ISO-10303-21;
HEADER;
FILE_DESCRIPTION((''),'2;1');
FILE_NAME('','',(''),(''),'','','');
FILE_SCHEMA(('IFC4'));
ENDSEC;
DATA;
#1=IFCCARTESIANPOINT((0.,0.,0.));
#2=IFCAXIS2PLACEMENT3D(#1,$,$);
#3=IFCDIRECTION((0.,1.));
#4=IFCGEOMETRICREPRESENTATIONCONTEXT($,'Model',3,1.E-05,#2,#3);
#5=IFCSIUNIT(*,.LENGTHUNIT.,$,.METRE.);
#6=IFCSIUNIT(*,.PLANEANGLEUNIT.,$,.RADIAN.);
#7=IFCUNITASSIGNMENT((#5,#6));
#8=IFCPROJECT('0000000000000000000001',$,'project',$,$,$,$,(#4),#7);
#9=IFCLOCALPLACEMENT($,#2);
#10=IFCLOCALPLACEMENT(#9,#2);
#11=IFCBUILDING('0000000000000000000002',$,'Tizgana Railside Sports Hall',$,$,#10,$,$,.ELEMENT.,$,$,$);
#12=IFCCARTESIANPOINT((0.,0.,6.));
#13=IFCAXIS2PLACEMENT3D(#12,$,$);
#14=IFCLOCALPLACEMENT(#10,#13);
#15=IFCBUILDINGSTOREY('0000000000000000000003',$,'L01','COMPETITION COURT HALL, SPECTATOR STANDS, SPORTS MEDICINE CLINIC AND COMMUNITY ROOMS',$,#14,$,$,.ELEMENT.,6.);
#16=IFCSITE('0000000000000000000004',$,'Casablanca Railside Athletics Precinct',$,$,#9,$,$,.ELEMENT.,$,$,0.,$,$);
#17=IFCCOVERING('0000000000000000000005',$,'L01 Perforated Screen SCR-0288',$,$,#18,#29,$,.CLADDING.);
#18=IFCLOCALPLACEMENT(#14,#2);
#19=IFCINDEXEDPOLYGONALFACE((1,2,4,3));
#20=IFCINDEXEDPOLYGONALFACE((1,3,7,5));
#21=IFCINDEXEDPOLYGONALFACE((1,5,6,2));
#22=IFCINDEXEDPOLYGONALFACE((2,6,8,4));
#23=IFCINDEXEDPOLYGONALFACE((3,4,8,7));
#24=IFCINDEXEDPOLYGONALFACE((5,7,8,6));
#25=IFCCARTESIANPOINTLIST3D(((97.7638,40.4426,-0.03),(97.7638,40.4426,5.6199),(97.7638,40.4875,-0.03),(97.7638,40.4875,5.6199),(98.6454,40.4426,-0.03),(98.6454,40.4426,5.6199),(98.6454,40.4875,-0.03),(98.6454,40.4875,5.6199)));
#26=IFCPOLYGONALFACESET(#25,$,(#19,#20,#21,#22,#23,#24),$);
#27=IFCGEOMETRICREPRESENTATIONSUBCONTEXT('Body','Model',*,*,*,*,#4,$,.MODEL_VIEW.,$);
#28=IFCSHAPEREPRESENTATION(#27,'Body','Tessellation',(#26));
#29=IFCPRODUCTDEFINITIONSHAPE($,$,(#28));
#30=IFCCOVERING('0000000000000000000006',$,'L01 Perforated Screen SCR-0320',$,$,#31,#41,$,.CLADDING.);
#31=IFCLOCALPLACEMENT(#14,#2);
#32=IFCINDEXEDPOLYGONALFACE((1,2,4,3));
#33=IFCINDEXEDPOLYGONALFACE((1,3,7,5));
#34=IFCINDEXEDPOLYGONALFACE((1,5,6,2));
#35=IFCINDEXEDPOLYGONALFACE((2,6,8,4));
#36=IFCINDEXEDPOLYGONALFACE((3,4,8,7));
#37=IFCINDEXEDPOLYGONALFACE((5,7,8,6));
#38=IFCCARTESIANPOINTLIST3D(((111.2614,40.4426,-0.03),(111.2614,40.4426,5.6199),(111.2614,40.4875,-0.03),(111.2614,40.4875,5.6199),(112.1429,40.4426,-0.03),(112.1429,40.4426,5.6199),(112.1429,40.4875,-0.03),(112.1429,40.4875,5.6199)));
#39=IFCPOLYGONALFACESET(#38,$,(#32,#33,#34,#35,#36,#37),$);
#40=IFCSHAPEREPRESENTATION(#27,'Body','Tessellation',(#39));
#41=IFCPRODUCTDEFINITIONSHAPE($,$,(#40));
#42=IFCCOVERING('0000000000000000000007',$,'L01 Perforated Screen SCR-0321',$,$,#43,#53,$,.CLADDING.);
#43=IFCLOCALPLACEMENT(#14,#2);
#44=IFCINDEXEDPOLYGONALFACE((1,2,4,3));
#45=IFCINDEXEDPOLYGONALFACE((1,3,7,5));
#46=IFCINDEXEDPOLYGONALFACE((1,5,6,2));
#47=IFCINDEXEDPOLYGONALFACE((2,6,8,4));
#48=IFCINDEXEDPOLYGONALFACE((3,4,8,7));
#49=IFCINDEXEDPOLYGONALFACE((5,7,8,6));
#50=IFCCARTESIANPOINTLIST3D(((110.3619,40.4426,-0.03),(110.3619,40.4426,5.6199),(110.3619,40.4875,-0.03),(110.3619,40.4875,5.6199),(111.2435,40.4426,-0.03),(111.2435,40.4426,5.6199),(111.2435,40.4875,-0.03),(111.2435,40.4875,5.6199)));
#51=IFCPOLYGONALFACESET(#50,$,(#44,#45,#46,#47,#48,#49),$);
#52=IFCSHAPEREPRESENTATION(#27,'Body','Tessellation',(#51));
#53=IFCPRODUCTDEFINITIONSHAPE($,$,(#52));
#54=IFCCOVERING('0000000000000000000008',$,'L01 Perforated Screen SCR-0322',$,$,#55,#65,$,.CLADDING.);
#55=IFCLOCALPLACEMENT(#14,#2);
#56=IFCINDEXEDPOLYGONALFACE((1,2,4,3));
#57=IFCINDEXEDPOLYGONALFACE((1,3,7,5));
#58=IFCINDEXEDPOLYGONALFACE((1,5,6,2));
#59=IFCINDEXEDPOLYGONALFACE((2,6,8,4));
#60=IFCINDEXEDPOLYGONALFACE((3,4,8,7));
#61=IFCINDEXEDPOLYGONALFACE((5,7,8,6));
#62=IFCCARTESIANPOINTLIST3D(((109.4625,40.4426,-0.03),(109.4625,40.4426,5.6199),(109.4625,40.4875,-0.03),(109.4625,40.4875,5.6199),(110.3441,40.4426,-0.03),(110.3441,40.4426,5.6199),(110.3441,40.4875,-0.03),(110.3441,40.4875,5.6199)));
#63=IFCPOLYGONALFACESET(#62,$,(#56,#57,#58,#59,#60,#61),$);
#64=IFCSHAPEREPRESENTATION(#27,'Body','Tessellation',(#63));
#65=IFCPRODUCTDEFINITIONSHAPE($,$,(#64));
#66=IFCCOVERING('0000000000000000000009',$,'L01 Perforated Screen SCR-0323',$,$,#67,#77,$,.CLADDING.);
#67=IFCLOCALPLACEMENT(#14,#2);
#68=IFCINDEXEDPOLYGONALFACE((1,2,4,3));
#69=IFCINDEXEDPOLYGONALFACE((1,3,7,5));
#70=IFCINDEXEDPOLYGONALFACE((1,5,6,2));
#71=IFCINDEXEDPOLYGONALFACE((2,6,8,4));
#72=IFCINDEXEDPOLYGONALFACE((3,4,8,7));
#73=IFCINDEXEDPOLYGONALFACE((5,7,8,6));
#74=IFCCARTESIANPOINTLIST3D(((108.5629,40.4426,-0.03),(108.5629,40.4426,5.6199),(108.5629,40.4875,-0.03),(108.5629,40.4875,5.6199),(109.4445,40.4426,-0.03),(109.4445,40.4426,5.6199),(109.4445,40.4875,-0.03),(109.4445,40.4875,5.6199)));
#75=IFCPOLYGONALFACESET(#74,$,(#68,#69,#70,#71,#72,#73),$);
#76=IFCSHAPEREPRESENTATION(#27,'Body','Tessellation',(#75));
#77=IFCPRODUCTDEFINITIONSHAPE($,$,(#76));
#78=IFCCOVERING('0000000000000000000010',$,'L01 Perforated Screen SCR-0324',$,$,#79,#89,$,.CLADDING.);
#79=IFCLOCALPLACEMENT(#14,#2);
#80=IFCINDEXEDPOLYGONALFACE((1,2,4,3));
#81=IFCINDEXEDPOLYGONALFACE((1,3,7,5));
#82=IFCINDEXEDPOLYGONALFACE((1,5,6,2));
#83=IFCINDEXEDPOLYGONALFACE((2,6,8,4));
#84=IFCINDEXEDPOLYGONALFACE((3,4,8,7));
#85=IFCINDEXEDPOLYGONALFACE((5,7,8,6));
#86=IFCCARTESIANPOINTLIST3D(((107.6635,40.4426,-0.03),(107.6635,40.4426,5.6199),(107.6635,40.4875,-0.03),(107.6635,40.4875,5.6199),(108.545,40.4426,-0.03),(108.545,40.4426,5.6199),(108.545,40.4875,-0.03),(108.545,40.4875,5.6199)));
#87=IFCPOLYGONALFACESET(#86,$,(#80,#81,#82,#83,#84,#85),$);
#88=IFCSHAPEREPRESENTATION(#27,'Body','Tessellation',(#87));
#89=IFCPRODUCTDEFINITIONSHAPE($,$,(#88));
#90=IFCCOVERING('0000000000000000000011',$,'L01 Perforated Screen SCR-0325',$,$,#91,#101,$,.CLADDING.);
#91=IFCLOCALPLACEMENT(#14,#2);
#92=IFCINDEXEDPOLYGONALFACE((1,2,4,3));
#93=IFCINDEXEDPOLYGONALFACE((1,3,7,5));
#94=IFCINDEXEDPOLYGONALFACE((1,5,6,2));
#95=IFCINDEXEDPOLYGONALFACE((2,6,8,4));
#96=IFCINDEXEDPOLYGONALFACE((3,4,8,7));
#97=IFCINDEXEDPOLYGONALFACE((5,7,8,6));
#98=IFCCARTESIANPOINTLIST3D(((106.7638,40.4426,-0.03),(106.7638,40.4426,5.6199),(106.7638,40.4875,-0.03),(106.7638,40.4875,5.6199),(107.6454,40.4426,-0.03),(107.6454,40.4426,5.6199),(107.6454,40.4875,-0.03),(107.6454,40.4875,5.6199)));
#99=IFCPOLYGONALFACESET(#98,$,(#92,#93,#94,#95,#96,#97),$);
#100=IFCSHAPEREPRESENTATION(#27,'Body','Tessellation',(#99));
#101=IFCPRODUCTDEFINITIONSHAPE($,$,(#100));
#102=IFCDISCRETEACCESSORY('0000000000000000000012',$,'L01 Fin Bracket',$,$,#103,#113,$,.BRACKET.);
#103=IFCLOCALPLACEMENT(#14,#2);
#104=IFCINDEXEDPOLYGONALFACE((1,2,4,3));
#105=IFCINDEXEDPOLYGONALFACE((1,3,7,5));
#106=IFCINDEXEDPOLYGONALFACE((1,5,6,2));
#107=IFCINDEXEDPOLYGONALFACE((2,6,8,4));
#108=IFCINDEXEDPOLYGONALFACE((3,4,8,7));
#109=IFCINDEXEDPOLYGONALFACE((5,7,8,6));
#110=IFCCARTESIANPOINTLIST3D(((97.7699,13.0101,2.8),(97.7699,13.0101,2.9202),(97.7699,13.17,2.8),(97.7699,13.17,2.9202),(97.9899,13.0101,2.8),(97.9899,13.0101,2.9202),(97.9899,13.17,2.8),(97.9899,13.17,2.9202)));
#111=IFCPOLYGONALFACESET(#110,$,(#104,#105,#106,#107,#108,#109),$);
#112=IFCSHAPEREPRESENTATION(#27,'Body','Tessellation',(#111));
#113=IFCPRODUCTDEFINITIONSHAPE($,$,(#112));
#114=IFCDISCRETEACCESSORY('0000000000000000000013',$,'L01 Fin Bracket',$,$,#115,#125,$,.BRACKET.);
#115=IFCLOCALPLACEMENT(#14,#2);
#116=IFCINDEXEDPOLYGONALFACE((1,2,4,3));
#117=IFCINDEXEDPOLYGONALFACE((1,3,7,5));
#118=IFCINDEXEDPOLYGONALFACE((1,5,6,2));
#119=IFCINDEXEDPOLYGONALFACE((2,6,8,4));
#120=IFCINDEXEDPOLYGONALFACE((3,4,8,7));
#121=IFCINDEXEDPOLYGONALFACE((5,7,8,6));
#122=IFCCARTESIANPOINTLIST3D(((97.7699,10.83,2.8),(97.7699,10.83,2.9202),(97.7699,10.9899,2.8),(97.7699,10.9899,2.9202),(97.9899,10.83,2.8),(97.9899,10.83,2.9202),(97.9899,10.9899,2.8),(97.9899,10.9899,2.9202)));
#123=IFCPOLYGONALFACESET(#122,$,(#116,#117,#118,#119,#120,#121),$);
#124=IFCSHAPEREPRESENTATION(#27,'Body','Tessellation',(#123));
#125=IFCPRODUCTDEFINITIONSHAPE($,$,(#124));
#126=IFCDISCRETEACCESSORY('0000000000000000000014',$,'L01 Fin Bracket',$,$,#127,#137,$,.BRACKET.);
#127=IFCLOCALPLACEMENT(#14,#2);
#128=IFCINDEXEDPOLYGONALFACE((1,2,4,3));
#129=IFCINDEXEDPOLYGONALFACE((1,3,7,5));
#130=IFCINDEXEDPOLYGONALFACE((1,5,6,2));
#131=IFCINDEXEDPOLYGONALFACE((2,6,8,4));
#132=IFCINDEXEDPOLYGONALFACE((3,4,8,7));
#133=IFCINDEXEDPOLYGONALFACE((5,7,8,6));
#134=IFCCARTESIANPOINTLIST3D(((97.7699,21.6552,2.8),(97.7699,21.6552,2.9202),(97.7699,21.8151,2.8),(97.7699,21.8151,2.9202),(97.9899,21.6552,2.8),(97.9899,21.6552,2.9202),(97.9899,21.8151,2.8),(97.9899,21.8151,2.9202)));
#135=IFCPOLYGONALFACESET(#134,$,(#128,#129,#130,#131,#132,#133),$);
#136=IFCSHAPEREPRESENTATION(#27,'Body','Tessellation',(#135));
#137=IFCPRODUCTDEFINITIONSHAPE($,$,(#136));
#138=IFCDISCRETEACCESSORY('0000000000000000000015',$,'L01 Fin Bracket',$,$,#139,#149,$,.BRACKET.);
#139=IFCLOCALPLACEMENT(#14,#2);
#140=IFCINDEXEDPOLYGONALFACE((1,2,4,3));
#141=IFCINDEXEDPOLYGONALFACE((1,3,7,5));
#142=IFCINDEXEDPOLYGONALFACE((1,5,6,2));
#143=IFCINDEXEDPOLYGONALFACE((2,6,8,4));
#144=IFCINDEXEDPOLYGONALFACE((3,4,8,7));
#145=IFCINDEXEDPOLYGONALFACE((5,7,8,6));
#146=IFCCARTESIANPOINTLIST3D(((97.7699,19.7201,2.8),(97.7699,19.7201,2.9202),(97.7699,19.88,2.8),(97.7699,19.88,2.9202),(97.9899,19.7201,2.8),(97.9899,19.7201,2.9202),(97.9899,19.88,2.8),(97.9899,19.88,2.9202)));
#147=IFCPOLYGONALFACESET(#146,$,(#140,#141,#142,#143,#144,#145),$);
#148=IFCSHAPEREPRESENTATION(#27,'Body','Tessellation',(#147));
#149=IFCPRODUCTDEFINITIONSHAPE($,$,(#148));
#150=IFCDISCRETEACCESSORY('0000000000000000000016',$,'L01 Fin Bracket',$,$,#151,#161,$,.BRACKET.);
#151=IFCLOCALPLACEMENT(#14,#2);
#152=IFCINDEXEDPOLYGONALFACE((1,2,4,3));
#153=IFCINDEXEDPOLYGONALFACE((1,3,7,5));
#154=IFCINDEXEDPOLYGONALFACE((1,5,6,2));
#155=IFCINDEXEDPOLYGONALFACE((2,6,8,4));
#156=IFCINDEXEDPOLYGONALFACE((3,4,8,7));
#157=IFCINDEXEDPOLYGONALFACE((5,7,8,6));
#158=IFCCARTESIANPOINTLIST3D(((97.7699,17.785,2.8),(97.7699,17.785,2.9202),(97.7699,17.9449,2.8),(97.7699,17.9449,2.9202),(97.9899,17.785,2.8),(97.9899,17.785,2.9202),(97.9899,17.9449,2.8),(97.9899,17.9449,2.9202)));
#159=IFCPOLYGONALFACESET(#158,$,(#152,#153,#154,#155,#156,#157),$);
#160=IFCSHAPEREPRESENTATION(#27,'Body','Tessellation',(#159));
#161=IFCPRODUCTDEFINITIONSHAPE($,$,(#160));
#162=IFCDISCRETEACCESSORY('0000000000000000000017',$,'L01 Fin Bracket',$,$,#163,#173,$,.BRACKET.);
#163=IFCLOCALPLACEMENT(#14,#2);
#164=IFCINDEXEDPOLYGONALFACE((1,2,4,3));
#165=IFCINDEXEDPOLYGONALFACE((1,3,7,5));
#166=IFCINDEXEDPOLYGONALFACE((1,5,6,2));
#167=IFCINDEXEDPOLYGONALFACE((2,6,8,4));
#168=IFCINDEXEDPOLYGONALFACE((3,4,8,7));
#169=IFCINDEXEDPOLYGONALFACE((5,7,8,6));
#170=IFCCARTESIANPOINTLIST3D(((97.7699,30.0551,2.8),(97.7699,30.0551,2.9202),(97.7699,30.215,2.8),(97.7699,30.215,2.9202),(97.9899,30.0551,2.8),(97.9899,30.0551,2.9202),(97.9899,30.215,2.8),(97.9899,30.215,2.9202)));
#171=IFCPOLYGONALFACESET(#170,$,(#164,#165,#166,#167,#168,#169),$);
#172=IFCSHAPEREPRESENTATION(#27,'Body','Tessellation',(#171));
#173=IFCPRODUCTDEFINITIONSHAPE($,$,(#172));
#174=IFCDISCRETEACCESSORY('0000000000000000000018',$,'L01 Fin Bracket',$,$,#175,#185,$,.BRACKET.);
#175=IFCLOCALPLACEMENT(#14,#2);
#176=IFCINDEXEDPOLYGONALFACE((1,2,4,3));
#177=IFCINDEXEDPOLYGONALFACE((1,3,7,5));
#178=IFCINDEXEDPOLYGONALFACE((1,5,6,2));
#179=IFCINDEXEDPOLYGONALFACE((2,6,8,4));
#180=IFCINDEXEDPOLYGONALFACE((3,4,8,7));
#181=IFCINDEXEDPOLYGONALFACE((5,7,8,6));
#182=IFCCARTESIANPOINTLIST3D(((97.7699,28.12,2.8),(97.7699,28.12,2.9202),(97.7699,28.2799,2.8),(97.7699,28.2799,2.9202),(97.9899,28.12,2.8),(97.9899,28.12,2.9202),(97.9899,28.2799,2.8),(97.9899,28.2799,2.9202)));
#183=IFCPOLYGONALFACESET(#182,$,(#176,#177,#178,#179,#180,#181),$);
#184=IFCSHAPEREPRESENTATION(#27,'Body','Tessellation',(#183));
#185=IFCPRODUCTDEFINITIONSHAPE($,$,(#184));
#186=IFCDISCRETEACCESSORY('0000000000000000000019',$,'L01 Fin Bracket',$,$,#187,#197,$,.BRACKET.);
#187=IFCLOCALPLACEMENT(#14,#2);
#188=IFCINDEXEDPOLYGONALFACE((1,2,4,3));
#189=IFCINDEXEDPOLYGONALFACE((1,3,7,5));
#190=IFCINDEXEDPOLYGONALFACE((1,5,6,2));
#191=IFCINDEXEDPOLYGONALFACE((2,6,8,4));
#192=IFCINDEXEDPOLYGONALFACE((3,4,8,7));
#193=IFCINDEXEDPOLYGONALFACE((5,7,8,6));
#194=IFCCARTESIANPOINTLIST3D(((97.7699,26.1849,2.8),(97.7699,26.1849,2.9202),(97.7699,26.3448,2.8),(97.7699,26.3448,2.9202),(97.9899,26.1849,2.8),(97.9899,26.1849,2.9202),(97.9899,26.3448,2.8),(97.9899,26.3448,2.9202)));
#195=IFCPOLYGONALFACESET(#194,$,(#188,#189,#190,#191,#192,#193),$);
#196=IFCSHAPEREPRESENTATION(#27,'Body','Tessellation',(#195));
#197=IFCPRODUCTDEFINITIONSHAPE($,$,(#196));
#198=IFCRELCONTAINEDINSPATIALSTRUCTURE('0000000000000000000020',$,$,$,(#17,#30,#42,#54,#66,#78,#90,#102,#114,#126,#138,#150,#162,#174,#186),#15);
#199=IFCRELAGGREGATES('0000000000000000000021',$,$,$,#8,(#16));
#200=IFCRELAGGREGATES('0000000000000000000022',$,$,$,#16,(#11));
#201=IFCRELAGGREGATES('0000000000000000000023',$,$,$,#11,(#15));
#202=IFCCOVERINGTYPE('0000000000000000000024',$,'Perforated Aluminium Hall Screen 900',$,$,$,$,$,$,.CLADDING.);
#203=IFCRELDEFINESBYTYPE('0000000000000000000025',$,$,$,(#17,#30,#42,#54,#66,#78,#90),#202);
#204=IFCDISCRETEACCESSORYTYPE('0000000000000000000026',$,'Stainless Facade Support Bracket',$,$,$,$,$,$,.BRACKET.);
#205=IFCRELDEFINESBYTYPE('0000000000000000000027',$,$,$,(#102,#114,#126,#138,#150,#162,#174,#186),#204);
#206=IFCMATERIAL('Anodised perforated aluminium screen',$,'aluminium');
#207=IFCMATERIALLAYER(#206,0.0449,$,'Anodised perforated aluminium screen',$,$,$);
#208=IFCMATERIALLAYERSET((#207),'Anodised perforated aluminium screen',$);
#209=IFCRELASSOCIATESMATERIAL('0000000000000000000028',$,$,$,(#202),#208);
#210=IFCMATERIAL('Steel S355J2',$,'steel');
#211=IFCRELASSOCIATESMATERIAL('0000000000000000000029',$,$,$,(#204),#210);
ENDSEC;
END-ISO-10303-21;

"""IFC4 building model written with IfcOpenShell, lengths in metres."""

from ifc_helpers import new_model, si_unit, direction, frame, origin, origin_2d, place, context, subcontext, project, spatial, rectangle, extrude, material, layer, layer_set, type_object, element, save


model = new_model("IFC4")

# Units and contexts
model_context = context("Model", 3, precision=1e-05, world=origin(), true_north=direction((0.0, 1.0)))
body_context = subcontext(model_context, "Body", "Model", "MODEL_VIEW")
ifc_project = project(units=[si_unit("LENGTHUNIT", "METRE"), si_unit("PLANEANGLEUNIT", "RADIAN")], contexts=[model_context])

# Site, building, storey
site_placement = place(None, origin())
site = spatial("IfcSite", under=ifc_project, at=site_placement, Name="Casablanca Railside Athletics Precinct", CompositionType="ELEMENT", RefElevation=0.0)
building_placement = place(site_placement, origin())
building = spatial("IfcBuilding", under=site, at=building_placement, Name="Tizgana Railside Sports Hall", CompositionType="ELEMENT")
storey_placement = place(building_placement, frame((0.0, 0.0, 6.0)))
storey = spatial("IfcBuildingStorey", under=building, at=storey_placement, Name="L01", Description="COMPETITION COURT HALL, SPECTATOR STANDS, SPORTS MEDICINE CLINIC AND COMMUNITY ROOMS", CompositionType="ELEMENT", Elevation=6.0)

# Coverings
ifc_material_1 = material(Name="Anodised perforated aluminium screen", Category="aluminium")
ifc_layer_1 = layer(ifc_material_1, 0.0449, Name="Anodised perforated aluminium screen")
ifc_layer_set_1 = layer_set([ifc_layer_1], Name="Anodised perforated aluminium screen")
covering_type_1 = type_object("IfcCoveringType", Name="Perforated Aluminium Hall Screen 900", PredefinedType="CLADDING", material=ifc_layer_set_1)
for number, where, z_axis, x_axis, name in (
    (1, (98.2046, 40.4651, -0.03), (0.0, 0.0, 1.0), (-1.0, 0.0, 0.0), "L01 Perforated Screen SCR-0288"),
    (2, (111.7021, 40.4651, -0.03), (0.0, 0.0, 1.0), (-1.0, 0.0, 0.0), "L01 Perforated Screen SCR-0320"),
    (3, (110.8027, 40.4651, -0.03), (0.0, 0.0, 1.0), (-1.0, 0.0, 0.0), "L01 Perforated Screen SCR-0321"),
    (4, (109.9033, 40.4651, -0.03), (0.0, 0.0, 1.0), (-1.0, 0.0, 0.0), "L01 Perforated Screen SCR-0322"),
    (5, (109.0037, 40.4651, -0.03), (0.0, 0.0, 1.0), (-1.0, 0.0, 0.0), "L01 Perforated Screen SCR-0323"),
    (6, (108.1042, 40.4651, -0.03), (0.0, 0.0, 1.0), (-1.0, 0.0, 0.0), "L01 Perforated Screen SCR-0324"),
    (7, (107.2046, 40.4651, -0.03), (0.0, 0.0, 1.0), (-1.0, 0.0, 0.0), "L01 Perforated Screen SCR-0325"),
):
    element("IfcCovering", number, at=place(storey_placement, frame(where, z_axis=z_axis, x_axis=x_axis)), inside=storey, type_object=covering_type_1, Name=name, PredefinedType="CLADDING", context=body_context, shape_type="SweptSolid", body=[
        extrude(rectangle(XDim=0.8816, YDim=0.0449, at=origin_2d()), origin(), (0.0, 0.0, 1.0), 5.6499),
    ])

# Discrete accessories
ifc_material_2 = material(Name="Steel S355J2", Category="steel")
discrete_accessory_type = type_object("IfcDiscreteAccessoryType", Name="Stainless Facade Support Bracket", PredefinedType="BRACKET", material=ifc_material_2)
for number, where, z_axis, x_axis, name in (
    (8, (97.8799, 13.0901, 2.8), (0.0, 0.0, 1.0), (0.0, -1.0, 0.0), "L01 Fin Bracket"),
    (9, (97.8799, 10.9099, 2.8), (0.0, 0.0, 1.0), (0.0, -1.0, 0.0), "L01 Fin Bracket"),
    (10, (97.8799, 21.7351, 2.8), (0.0, 0.0, 1.0), (0.0, -1.0, 0.0), "L01 Fin Bracket"),
    (11, (97.8799, 19.8, 2.8), (0.0, 0.0, 1.0), (0.0, -1.0, 0.0), "L01 Fin Bracket"),
    (12, (97.8799, 17.865, 2.8), (0.0, 0.0, 1.0), (0.0, -1.0, 0.0), "L01 Fin Bracket"),
    (13, (97.8799, 30.135, 2.8), (0.0, 0.0, 1.0), (0.0, -1.0, 0.0), "L01 Fin Bracket"),
    (14, (97.8799, 28.2, 2.8), (0.0, 0.0, 1.0), (0.0, -1.0, 0.0), "L01 Fin Bracket"),
    (15, (97.8799, 26.2649, 2.8), (0.0, 0.0, 1.0), (0.0, -1.0, 0.0), "L01 Fin Bracket"),
):
    element("IfcDiscreteAccessory", number, at=place(storey_placement, frame(where, z_axis=z_axis, x_axis=x_axis)), inside=storey, type_object=discrete_accessory_type, Name=name, PredefinedType="BRACKET", context=body_context, shape_type="SweptSolid", body=[
        extrude(rectangle(XDim=0.1599, YDim=0.22, at=origin_2d()), origin(), (0.0, 0.0, 1.0), 0.1201),
    ])

save(model, "model.ifc")
